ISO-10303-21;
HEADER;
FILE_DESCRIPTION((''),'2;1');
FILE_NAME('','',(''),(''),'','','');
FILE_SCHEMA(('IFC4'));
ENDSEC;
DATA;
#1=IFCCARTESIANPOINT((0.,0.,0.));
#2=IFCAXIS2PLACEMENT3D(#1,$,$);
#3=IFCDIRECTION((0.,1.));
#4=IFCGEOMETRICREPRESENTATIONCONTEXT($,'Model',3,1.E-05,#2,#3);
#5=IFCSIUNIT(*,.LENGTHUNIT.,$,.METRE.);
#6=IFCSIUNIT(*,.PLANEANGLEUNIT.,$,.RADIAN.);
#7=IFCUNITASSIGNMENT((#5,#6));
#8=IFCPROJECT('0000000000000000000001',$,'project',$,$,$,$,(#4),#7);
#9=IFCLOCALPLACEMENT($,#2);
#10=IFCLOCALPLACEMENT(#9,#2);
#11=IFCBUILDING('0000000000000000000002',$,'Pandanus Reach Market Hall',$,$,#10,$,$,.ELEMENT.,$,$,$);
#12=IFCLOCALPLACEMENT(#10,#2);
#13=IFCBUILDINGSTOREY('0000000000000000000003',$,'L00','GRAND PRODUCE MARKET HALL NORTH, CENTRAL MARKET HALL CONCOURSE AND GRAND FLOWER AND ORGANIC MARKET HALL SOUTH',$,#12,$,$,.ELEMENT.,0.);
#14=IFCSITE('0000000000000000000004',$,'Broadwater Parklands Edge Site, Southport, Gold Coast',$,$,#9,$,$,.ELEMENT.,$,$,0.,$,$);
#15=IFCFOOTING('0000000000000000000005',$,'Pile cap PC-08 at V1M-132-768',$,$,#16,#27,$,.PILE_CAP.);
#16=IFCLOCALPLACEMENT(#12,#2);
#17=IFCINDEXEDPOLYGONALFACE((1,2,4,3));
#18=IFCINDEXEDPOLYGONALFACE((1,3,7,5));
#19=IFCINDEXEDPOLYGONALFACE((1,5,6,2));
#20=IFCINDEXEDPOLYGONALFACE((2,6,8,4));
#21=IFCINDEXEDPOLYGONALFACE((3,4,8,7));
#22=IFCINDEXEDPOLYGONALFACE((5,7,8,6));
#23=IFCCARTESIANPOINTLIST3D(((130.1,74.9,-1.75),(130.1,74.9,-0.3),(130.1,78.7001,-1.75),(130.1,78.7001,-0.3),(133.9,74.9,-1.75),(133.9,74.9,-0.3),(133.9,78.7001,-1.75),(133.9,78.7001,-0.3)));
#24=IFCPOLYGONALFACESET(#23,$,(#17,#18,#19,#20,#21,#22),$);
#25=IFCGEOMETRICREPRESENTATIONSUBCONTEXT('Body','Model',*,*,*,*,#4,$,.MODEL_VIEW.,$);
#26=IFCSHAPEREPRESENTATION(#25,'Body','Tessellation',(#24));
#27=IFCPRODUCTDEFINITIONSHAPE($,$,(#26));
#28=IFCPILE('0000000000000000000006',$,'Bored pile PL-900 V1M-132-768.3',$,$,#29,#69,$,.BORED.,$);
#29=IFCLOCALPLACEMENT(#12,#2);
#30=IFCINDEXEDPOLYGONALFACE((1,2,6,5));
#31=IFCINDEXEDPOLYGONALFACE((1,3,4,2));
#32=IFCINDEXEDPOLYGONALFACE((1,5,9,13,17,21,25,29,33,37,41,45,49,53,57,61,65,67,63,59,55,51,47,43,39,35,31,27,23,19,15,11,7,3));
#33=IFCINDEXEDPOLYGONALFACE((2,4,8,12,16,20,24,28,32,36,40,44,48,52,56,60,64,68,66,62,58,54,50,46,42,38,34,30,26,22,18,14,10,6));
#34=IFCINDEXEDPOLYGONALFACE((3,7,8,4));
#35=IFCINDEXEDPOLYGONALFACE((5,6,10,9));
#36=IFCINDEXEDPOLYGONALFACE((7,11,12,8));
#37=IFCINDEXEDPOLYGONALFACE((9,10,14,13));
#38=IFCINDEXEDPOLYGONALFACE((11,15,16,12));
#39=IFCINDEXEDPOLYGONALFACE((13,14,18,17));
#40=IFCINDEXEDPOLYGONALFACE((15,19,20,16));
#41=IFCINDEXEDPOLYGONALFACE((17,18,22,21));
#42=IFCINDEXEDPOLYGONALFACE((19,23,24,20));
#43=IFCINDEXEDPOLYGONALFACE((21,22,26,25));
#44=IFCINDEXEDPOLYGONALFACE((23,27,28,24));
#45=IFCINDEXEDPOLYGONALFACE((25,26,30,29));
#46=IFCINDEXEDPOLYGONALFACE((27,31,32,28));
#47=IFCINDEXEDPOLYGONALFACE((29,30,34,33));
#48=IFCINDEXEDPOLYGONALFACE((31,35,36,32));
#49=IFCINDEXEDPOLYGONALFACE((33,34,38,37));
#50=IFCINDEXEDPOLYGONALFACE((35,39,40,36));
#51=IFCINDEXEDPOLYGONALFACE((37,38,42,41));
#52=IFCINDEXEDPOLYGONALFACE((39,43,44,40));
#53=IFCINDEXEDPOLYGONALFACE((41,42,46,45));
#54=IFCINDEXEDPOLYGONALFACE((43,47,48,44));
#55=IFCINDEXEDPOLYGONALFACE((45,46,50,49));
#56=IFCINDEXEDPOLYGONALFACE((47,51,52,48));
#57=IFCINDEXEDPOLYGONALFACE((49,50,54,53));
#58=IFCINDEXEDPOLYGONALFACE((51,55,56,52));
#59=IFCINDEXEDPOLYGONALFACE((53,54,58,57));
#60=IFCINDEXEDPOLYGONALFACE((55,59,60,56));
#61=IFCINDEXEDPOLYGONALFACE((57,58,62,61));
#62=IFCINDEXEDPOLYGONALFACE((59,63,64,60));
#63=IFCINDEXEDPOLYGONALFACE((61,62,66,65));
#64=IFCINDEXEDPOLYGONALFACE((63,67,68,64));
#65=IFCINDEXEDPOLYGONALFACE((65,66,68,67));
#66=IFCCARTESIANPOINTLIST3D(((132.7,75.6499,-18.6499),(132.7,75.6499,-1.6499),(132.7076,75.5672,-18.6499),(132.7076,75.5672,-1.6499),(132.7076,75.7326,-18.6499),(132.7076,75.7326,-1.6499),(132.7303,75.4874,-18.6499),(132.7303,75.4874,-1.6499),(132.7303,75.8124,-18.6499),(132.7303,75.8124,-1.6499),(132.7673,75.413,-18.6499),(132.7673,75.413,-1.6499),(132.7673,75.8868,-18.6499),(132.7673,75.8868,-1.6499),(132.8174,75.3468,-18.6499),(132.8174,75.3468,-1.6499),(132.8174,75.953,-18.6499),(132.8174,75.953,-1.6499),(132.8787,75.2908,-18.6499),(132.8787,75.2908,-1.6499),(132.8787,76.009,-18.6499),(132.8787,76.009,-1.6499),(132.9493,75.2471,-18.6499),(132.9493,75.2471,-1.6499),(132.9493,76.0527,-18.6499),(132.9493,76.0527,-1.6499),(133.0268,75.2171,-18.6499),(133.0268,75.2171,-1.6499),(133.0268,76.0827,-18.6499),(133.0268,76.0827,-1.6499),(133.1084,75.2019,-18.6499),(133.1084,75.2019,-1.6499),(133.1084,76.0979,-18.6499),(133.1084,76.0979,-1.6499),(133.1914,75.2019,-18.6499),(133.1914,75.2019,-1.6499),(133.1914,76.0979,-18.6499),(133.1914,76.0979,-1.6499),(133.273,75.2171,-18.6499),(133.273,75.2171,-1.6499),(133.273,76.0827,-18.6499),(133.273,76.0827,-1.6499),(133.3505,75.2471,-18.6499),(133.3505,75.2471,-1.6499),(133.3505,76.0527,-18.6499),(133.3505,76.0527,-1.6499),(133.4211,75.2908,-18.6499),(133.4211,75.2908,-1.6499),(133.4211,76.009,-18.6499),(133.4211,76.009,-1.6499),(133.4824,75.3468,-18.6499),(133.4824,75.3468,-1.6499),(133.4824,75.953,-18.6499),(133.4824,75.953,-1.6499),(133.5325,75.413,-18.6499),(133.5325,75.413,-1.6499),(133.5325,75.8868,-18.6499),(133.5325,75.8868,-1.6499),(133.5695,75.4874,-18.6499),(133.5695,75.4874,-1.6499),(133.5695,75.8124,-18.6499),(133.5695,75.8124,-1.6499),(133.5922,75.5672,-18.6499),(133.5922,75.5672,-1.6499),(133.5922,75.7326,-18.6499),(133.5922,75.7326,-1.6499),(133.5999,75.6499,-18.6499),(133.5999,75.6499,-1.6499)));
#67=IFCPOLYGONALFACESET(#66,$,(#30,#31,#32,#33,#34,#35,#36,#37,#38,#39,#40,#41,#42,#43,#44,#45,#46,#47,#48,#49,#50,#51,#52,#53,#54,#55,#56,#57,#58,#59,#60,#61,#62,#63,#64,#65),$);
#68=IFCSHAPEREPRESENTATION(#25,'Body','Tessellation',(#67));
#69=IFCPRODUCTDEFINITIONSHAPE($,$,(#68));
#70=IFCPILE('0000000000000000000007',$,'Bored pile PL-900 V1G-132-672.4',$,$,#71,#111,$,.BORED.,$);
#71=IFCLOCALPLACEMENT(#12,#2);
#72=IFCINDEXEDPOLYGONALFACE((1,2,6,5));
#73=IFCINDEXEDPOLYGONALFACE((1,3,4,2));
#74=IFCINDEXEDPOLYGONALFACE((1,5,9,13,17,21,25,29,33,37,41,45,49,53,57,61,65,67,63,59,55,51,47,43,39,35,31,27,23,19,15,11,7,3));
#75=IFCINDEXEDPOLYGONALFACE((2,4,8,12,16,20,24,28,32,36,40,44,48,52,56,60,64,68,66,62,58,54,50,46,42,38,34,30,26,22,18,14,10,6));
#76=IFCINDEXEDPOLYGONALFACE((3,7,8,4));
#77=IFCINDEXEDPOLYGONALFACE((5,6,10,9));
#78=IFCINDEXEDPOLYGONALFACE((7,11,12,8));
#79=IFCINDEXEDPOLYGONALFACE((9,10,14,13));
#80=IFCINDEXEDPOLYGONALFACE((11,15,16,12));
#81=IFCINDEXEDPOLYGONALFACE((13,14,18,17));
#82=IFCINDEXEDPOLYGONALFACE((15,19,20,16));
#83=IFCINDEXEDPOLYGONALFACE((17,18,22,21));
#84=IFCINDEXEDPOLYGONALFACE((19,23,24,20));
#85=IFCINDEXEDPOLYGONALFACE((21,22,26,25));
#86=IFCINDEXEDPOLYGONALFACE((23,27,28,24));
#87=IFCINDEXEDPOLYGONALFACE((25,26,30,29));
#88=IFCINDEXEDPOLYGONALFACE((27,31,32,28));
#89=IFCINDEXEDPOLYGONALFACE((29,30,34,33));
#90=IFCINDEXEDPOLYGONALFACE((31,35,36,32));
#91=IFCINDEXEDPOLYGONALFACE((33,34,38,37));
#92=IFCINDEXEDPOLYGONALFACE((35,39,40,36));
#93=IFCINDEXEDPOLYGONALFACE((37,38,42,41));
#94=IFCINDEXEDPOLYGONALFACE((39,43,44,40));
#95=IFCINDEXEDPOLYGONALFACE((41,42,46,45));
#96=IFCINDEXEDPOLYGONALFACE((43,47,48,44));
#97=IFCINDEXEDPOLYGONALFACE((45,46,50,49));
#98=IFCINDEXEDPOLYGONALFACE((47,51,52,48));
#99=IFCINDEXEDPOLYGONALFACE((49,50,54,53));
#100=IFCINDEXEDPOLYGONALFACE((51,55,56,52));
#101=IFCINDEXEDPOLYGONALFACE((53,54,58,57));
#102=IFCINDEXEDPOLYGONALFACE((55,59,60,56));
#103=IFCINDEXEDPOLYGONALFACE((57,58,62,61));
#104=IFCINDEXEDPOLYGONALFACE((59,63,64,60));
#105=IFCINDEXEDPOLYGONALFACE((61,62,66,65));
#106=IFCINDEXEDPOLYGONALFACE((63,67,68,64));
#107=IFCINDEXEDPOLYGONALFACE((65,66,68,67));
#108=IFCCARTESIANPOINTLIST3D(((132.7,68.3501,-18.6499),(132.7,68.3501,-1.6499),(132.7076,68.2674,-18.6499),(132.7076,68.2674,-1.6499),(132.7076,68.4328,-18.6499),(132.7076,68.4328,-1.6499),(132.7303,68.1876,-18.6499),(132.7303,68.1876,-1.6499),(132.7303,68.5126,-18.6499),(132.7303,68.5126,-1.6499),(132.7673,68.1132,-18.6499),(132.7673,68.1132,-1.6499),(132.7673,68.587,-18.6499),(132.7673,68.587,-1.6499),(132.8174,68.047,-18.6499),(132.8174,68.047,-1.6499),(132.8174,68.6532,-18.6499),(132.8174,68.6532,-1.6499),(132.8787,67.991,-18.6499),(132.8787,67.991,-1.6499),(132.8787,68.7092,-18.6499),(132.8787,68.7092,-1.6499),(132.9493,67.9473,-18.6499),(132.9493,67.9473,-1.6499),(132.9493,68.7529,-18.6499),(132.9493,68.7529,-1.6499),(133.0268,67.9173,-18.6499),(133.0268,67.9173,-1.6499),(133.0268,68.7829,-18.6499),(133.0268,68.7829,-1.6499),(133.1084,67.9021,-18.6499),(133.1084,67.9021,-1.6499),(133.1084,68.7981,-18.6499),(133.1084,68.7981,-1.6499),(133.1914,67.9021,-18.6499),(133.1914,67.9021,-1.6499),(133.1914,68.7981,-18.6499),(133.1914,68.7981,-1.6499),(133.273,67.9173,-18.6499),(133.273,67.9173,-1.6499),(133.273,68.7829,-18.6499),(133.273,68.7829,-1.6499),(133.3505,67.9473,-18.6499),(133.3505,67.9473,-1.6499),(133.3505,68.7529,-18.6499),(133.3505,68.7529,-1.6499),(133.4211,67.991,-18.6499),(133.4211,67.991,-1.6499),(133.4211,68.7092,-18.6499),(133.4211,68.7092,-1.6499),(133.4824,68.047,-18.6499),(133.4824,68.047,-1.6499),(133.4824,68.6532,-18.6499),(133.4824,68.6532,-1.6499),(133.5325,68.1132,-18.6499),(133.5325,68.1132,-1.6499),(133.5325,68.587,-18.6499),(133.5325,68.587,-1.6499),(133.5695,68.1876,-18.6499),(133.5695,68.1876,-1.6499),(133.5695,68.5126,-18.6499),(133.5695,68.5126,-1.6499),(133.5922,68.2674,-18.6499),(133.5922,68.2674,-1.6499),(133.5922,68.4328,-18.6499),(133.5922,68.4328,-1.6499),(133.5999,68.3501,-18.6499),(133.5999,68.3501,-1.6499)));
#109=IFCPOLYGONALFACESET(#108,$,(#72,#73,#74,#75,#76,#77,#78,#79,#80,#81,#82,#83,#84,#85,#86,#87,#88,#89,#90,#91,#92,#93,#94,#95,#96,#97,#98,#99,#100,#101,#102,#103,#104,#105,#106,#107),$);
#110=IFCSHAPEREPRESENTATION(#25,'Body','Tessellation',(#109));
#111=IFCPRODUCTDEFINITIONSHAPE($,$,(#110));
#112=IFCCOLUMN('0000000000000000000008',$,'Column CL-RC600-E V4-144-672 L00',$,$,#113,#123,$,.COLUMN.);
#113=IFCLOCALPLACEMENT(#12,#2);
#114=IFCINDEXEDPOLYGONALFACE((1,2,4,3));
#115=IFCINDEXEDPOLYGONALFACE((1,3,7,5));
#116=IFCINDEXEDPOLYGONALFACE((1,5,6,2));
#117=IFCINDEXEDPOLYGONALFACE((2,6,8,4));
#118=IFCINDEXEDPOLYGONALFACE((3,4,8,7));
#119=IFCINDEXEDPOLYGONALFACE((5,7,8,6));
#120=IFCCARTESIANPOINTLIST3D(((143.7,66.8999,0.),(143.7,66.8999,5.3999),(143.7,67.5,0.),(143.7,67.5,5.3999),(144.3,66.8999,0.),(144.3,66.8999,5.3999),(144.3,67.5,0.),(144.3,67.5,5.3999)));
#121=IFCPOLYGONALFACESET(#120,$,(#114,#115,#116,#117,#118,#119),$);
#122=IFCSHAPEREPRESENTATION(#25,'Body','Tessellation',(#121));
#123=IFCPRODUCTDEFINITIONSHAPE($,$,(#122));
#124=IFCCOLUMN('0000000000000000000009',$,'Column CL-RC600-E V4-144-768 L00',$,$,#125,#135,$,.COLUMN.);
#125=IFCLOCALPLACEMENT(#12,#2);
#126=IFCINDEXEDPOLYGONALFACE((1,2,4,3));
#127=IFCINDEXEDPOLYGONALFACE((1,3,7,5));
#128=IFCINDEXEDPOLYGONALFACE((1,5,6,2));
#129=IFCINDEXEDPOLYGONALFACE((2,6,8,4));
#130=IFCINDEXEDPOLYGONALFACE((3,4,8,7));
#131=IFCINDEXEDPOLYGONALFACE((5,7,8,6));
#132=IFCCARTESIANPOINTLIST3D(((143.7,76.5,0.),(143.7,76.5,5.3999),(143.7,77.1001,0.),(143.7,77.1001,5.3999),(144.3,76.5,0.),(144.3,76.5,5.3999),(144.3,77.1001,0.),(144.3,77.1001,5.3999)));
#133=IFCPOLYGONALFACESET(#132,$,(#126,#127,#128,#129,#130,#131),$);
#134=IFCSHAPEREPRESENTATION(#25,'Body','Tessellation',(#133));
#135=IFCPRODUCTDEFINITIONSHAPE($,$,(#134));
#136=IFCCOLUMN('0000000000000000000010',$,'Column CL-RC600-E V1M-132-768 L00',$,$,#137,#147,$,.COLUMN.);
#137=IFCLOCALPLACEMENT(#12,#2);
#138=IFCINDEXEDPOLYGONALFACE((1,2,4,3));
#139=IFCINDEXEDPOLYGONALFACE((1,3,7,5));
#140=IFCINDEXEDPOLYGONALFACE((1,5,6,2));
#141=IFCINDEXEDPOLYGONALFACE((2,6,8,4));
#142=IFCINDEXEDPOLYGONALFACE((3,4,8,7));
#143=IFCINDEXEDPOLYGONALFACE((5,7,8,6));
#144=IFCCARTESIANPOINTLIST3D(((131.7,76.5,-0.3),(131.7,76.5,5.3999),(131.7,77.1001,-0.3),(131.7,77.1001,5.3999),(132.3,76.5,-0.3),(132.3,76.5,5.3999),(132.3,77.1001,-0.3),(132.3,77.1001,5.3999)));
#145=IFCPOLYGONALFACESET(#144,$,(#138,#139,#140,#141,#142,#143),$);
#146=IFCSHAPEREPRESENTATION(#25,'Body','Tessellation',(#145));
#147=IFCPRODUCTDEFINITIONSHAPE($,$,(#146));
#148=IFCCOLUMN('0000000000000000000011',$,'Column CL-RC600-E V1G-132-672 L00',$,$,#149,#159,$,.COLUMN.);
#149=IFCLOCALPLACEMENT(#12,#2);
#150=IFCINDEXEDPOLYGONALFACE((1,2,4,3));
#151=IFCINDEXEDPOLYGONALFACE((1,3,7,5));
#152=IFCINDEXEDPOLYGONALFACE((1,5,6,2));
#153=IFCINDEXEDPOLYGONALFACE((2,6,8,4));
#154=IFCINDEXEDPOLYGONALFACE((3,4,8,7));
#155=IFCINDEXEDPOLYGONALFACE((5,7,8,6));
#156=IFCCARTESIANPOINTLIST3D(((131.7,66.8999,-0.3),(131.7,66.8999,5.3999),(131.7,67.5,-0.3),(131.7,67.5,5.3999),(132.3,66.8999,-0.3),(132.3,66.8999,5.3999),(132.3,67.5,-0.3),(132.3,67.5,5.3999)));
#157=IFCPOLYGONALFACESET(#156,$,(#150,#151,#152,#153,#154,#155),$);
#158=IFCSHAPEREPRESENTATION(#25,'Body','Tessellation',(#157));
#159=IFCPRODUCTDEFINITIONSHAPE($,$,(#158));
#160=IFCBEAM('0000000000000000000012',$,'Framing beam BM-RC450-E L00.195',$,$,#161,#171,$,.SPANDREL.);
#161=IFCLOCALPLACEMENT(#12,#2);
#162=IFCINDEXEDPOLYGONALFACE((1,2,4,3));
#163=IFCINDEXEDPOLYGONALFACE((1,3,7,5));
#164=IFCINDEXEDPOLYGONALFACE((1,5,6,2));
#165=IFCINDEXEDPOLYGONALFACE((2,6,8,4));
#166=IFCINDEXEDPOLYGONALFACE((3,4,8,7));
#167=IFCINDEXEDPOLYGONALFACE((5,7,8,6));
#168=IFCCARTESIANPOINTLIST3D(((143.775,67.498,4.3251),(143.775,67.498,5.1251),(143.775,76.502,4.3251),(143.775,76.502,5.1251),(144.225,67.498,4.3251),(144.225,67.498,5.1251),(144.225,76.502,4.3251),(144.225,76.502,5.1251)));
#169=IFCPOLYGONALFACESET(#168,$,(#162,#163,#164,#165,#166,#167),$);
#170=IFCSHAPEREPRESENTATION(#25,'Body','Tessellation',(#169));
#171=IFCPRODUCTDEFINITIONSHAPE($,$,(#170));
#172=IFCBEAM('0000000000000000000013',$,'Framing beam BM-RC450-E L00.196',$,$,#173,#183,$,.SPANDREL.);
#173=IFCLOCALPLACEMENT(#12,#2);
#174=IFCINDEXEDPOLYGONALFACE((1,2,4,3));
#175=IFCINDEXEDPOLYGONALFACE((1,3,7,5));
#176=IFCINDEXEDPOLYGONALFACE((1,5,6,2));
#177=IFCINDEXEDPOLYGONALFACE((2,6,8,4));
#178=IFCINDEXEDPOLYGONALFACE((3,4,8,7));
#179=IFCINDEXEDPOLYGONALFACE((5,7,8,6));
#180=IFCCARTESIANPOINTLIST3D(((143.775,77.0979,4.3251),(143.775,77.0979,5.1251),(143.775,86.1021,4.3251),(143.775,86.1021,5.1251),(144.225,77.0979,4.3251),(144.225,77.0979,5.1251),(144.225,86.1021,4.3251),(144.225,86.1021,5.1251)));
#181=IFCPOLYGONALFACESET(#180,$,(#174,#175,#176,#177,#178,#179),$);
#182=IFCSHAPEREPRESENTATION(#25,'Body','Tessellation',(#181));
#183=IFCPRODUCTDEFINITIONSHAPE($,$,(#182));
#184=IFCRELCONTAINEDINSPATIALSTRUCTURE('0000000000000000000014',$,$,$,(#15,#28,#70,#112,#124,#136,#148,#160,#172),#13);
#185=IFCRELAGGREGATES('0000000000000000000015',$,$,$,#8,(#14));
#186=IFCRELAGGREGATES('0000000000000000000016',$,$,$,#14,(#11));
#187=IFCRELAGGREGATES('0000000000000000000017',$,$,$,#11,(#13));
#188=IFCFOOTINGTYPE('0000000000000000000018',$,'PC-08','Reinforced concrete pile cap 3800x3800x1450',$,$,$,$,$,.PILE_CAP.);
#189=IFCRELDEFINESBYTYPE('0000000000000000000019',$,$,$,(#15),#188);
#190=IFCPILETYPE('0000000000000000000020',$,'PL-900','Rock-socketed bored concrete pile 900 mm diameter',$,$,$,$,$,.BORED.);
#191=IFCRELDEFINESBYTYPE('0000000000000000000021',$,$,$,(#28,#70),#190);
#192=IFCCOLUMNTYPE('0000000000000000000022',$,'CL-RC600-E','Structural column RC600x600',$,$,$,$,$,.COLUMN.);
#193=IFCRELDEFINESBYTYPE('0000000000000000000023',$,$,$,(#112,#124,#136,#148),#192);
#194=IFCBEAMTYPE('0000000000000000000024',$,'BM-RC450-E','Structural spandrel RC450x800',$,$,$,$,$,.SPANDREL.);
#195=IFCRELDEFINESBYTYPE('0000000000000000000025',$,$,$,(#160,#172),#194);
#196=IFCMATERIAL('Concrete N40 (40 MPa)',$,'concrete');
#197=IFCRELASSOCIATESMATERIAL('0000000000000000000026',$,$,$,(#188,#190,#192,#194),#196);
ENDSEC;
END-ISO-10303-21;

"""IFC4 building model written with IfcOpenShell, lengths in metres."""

from ifc_helpers import new_model, si_unit, direction, frame, origin, origin_2d, place, context, subcontext, project, spatial, rectangle, circle, extrude, material, material_profile, profile_set, type_object, element, save


model = new_model("IFC4")

# Units and contexts
model_context = context("Model", 3, precision=1e-05, world=origin(), true_north=direction((0.0, 1.0)))
body_context = subcontext(model_context, "Body", "Model", "MODEL_VIEW")
ifc_project = project(units=[si_unit("LENGTHUNIT", "METRE"), si_unit("PLANEANGLEUNIT", "RADIAN")], contexts=[model_context])

# Site, building, storey
site_placement = place(None, origin())
site = spatial("IfcSite", under=ifc_project, at=site_placement, Name="Broadwater Parklands Edge Site, Southport, Gold Coast", CompositionType="ELEMENT", RefElevation=0.0)
building_placement = place(site_placement, origin())
building = spatial("IfcBuilding", under=site, at=building_placement, Name="Pandanus Reach Market Hall", CompositionType="ELEMENT")
storey_placement = place(building_placement, origin())
storey = spatial("IfcBuildingStorey", under=building, at=storey_placement, Name="L00", Description="GRAND PRODUCE MARKET HALL NORTH, CENTRAL MARKET HALL CONCOURSE AND GRAND FLOWER AND ORGANIC MARKET HALL SOUTH", CompositionType="ELEMENT", Elevation=0.0)

# Footing
ifc_material_1 = material(Name="Concrete N40 (40 MPa)", Category="concrete")
footing_type = type_object("IfcFootingType", Name="PC-08", Description="Reinforced concrete pile cap 3800x3800x1450", PredefinedType="PILE_CAP", material=ifc_material_1)
footing_placement = place(storey_placement, frame((132.0, 76.8, -1.75), z_axis=(0.0, 0.0, 1.0), x_axis=(1.0, 0.0, 0.0)))
element("IfcFooting", 1, at=footing_placement, inside=storey, type_object=footing_type, Name="Pile cap PC-08 at V1M-132-768", PredefinedType="PILE_CAP", context=body_context, shape_type="SweptSolid", body=[
    extrude(rectangle(XDim=3.8, YDim=3.8, at=origin_2d()), origin(), (0.0, 0.0, 1.0), 1.45),
])

# Piles
ifc_material_profile_1 = material_profile(ifc_material_1, circle(Radius=0.45, at=origin_2d()), Name="PILE-900D", Category="LoadBearing")
ifc_profile_set_1 = profile_set([ifc_material_profile_1], Name="Concrete N40 (40 MPa)")
pile_type = type_object("IfcPileType", Name="PL-900", Description="Rock-socketed bored concrete pile 900 mm diameter", PredefinedType="BORED", material=ifc_profile_set_1)
for number, where, z_axis, x_axis, name in (
    (2, (133.1499, 75.6499, -1.6499), (0.0, 0.0, -1.0), (1.0, 0.0, 0.0), "Bored pile PL-900 V1M-132-768.3"),
    (3, (133.1499, 68.3501, -1.6499), (0.0, 0.0, -1.0), (1.0, 0.0, 0.0), "Bored pile PL-900 V1G-132-672.4"),
):
    element("IfcPile", number, at=place(storey_placement, frame(where, z_axis=z_axis, x_axis=x_axis)), inside=storey, type_object=pile_type, Name=name, PredefinedType="BORED", context=body_context, shape_type="SweptSolid", body=[
        extrude(circle(Radius=0.45, at=origin_2d()), origin(), (0.0, 0.0, 1.0), 17.0),
    ])

# Columns
ifc_material_profile_2 = material_profile(ifc_material_1, rectangle(XDim=0.6001, YDim=0.6001, at=origin_2d()), Name="RC600x600", Category="LoadBearing")
ifc_profile_set_2 = profile_set([ifc_material_profile_2], Name="Concrete N40 (40 MPa)")
column_type = type_object("IfcColumnType", Name="CL-RC600-E", Description="Structural column RC600x600", PredefinedType="COLUMN", material=ifc_profile_set_2)
for number, where, z_axis, x_axis, name in (
    (4, (144.0, 67.2, 0.0), (0.0, 0.0, 1.0), (1.0, 0.0, 0.0), "Column CL-RC600-E V4-144-672 L00"),
    (5, (144.0, 76.8, 0.0), (0.0, 0.0, 1.0), (1.0, 0.0, 0.0), "Column CL-RC600-E V4-144-768 L00"),
):
    element("IfcColumn", number, at=place(storey_placement, frame(where, z_axis=z_axis, x_axis=x_axis)), inside=storey, type_object=column_type, Name=name, PredefinedType="COLUMN", context=body_context, shape_type="SweptSolid", body=[
        extrude(rectangle(XDim=0.6001, YDim=0.6001, at=origin_2d()), origin(), (0.0, 0.0, 1.0), 5.3999),
    ])
for number, where, z_axis, x_axis, name in (
    (6, (132.0, 76.8, -0.3), (0.0, 0.0, 1.0), (1.0, 0.0, 0.0), "Column CL-RC600-E V1M-132-768 L00"),
    (7, (132.0, 67.2, -0.3), (0.0, 0.0, 1.0), (1.0, 0.0, 0.0), "Column CL-RC600-E V1G-132-672 L00"),
):
    element("IfcColumn", number, at=place(storey_placement, frame(where, z_axis=z_axis, x_axis=x_axis)), inside=storey, type_object=column_type, Name=name, PredefinedType="COLUMN", context=body_context, shape_type="SweptSolid", body=[
        extrude(rectangle(XDim=0.6001, YDim=0.6001, at=origin_2d()), origin(), (0.0, 0.0, 1.0), 5.7),
    ])

# Beams
ifc_material_profile_3 = material_profile(ifc_material_1, rectangle(XDim=0.45, YDim=0.8, at=origin_2d()), Name="RC450x800", Category="LoadBearing")
ifc_profile_set_3 = profile_set([ifc_material_profile_3], Name="Concrete N40 (40 MPa)")
beam_type_1 = type_object("IfcBeamType", Name="BM-RC450-E", Description="Structural spandrel RC450x800", PredefinedType="SPANDREL", material=ifc_profile_set_3)
beam_1_placement = place(storey_placement, frame((144.0, 67.498, 4.7251), z_axis=(0.0, 1.0, 0.0), x_axis=(-1.0, 0.0, 0.0)))
element("IfcBeam", 8, at=beam_1_placement, inside=storey, type_object=beam_type_1, Name="Framing beam BM-RC450-E L00.195", PredefinedType="SPANDREL", context=body_context, shape_type="SweptSolid", body=[
    extrude(rectangle(XDim=0.45, YDim=0.8, at=origin_2d()), origin(), (0.0, 0.0, 1.0), 9.0039),
])
beam_2_placement = place(storey_placement, frame((144.0, 77.0979, 4.7251), z_axis=(0.0, 1.0, 0.0), x_axis=(-1.0, 0.0, 0.0)))
element("IfcBeam", 9, at=beam_2_placement, inside=storey, type_object=beam_type_1, Name="Framing beam BM-RC450-E L00.196", PredefinedType="SPANDREL", context=body_context, shape_type="SweptSolid", body=[
    extrude(rectangle(XDim=0.45, YDim=0.8, at=origin_2d()), origin(), (0.0, 0.0, 1.0), 9.0042),
])

save(model, "model.ifc")
